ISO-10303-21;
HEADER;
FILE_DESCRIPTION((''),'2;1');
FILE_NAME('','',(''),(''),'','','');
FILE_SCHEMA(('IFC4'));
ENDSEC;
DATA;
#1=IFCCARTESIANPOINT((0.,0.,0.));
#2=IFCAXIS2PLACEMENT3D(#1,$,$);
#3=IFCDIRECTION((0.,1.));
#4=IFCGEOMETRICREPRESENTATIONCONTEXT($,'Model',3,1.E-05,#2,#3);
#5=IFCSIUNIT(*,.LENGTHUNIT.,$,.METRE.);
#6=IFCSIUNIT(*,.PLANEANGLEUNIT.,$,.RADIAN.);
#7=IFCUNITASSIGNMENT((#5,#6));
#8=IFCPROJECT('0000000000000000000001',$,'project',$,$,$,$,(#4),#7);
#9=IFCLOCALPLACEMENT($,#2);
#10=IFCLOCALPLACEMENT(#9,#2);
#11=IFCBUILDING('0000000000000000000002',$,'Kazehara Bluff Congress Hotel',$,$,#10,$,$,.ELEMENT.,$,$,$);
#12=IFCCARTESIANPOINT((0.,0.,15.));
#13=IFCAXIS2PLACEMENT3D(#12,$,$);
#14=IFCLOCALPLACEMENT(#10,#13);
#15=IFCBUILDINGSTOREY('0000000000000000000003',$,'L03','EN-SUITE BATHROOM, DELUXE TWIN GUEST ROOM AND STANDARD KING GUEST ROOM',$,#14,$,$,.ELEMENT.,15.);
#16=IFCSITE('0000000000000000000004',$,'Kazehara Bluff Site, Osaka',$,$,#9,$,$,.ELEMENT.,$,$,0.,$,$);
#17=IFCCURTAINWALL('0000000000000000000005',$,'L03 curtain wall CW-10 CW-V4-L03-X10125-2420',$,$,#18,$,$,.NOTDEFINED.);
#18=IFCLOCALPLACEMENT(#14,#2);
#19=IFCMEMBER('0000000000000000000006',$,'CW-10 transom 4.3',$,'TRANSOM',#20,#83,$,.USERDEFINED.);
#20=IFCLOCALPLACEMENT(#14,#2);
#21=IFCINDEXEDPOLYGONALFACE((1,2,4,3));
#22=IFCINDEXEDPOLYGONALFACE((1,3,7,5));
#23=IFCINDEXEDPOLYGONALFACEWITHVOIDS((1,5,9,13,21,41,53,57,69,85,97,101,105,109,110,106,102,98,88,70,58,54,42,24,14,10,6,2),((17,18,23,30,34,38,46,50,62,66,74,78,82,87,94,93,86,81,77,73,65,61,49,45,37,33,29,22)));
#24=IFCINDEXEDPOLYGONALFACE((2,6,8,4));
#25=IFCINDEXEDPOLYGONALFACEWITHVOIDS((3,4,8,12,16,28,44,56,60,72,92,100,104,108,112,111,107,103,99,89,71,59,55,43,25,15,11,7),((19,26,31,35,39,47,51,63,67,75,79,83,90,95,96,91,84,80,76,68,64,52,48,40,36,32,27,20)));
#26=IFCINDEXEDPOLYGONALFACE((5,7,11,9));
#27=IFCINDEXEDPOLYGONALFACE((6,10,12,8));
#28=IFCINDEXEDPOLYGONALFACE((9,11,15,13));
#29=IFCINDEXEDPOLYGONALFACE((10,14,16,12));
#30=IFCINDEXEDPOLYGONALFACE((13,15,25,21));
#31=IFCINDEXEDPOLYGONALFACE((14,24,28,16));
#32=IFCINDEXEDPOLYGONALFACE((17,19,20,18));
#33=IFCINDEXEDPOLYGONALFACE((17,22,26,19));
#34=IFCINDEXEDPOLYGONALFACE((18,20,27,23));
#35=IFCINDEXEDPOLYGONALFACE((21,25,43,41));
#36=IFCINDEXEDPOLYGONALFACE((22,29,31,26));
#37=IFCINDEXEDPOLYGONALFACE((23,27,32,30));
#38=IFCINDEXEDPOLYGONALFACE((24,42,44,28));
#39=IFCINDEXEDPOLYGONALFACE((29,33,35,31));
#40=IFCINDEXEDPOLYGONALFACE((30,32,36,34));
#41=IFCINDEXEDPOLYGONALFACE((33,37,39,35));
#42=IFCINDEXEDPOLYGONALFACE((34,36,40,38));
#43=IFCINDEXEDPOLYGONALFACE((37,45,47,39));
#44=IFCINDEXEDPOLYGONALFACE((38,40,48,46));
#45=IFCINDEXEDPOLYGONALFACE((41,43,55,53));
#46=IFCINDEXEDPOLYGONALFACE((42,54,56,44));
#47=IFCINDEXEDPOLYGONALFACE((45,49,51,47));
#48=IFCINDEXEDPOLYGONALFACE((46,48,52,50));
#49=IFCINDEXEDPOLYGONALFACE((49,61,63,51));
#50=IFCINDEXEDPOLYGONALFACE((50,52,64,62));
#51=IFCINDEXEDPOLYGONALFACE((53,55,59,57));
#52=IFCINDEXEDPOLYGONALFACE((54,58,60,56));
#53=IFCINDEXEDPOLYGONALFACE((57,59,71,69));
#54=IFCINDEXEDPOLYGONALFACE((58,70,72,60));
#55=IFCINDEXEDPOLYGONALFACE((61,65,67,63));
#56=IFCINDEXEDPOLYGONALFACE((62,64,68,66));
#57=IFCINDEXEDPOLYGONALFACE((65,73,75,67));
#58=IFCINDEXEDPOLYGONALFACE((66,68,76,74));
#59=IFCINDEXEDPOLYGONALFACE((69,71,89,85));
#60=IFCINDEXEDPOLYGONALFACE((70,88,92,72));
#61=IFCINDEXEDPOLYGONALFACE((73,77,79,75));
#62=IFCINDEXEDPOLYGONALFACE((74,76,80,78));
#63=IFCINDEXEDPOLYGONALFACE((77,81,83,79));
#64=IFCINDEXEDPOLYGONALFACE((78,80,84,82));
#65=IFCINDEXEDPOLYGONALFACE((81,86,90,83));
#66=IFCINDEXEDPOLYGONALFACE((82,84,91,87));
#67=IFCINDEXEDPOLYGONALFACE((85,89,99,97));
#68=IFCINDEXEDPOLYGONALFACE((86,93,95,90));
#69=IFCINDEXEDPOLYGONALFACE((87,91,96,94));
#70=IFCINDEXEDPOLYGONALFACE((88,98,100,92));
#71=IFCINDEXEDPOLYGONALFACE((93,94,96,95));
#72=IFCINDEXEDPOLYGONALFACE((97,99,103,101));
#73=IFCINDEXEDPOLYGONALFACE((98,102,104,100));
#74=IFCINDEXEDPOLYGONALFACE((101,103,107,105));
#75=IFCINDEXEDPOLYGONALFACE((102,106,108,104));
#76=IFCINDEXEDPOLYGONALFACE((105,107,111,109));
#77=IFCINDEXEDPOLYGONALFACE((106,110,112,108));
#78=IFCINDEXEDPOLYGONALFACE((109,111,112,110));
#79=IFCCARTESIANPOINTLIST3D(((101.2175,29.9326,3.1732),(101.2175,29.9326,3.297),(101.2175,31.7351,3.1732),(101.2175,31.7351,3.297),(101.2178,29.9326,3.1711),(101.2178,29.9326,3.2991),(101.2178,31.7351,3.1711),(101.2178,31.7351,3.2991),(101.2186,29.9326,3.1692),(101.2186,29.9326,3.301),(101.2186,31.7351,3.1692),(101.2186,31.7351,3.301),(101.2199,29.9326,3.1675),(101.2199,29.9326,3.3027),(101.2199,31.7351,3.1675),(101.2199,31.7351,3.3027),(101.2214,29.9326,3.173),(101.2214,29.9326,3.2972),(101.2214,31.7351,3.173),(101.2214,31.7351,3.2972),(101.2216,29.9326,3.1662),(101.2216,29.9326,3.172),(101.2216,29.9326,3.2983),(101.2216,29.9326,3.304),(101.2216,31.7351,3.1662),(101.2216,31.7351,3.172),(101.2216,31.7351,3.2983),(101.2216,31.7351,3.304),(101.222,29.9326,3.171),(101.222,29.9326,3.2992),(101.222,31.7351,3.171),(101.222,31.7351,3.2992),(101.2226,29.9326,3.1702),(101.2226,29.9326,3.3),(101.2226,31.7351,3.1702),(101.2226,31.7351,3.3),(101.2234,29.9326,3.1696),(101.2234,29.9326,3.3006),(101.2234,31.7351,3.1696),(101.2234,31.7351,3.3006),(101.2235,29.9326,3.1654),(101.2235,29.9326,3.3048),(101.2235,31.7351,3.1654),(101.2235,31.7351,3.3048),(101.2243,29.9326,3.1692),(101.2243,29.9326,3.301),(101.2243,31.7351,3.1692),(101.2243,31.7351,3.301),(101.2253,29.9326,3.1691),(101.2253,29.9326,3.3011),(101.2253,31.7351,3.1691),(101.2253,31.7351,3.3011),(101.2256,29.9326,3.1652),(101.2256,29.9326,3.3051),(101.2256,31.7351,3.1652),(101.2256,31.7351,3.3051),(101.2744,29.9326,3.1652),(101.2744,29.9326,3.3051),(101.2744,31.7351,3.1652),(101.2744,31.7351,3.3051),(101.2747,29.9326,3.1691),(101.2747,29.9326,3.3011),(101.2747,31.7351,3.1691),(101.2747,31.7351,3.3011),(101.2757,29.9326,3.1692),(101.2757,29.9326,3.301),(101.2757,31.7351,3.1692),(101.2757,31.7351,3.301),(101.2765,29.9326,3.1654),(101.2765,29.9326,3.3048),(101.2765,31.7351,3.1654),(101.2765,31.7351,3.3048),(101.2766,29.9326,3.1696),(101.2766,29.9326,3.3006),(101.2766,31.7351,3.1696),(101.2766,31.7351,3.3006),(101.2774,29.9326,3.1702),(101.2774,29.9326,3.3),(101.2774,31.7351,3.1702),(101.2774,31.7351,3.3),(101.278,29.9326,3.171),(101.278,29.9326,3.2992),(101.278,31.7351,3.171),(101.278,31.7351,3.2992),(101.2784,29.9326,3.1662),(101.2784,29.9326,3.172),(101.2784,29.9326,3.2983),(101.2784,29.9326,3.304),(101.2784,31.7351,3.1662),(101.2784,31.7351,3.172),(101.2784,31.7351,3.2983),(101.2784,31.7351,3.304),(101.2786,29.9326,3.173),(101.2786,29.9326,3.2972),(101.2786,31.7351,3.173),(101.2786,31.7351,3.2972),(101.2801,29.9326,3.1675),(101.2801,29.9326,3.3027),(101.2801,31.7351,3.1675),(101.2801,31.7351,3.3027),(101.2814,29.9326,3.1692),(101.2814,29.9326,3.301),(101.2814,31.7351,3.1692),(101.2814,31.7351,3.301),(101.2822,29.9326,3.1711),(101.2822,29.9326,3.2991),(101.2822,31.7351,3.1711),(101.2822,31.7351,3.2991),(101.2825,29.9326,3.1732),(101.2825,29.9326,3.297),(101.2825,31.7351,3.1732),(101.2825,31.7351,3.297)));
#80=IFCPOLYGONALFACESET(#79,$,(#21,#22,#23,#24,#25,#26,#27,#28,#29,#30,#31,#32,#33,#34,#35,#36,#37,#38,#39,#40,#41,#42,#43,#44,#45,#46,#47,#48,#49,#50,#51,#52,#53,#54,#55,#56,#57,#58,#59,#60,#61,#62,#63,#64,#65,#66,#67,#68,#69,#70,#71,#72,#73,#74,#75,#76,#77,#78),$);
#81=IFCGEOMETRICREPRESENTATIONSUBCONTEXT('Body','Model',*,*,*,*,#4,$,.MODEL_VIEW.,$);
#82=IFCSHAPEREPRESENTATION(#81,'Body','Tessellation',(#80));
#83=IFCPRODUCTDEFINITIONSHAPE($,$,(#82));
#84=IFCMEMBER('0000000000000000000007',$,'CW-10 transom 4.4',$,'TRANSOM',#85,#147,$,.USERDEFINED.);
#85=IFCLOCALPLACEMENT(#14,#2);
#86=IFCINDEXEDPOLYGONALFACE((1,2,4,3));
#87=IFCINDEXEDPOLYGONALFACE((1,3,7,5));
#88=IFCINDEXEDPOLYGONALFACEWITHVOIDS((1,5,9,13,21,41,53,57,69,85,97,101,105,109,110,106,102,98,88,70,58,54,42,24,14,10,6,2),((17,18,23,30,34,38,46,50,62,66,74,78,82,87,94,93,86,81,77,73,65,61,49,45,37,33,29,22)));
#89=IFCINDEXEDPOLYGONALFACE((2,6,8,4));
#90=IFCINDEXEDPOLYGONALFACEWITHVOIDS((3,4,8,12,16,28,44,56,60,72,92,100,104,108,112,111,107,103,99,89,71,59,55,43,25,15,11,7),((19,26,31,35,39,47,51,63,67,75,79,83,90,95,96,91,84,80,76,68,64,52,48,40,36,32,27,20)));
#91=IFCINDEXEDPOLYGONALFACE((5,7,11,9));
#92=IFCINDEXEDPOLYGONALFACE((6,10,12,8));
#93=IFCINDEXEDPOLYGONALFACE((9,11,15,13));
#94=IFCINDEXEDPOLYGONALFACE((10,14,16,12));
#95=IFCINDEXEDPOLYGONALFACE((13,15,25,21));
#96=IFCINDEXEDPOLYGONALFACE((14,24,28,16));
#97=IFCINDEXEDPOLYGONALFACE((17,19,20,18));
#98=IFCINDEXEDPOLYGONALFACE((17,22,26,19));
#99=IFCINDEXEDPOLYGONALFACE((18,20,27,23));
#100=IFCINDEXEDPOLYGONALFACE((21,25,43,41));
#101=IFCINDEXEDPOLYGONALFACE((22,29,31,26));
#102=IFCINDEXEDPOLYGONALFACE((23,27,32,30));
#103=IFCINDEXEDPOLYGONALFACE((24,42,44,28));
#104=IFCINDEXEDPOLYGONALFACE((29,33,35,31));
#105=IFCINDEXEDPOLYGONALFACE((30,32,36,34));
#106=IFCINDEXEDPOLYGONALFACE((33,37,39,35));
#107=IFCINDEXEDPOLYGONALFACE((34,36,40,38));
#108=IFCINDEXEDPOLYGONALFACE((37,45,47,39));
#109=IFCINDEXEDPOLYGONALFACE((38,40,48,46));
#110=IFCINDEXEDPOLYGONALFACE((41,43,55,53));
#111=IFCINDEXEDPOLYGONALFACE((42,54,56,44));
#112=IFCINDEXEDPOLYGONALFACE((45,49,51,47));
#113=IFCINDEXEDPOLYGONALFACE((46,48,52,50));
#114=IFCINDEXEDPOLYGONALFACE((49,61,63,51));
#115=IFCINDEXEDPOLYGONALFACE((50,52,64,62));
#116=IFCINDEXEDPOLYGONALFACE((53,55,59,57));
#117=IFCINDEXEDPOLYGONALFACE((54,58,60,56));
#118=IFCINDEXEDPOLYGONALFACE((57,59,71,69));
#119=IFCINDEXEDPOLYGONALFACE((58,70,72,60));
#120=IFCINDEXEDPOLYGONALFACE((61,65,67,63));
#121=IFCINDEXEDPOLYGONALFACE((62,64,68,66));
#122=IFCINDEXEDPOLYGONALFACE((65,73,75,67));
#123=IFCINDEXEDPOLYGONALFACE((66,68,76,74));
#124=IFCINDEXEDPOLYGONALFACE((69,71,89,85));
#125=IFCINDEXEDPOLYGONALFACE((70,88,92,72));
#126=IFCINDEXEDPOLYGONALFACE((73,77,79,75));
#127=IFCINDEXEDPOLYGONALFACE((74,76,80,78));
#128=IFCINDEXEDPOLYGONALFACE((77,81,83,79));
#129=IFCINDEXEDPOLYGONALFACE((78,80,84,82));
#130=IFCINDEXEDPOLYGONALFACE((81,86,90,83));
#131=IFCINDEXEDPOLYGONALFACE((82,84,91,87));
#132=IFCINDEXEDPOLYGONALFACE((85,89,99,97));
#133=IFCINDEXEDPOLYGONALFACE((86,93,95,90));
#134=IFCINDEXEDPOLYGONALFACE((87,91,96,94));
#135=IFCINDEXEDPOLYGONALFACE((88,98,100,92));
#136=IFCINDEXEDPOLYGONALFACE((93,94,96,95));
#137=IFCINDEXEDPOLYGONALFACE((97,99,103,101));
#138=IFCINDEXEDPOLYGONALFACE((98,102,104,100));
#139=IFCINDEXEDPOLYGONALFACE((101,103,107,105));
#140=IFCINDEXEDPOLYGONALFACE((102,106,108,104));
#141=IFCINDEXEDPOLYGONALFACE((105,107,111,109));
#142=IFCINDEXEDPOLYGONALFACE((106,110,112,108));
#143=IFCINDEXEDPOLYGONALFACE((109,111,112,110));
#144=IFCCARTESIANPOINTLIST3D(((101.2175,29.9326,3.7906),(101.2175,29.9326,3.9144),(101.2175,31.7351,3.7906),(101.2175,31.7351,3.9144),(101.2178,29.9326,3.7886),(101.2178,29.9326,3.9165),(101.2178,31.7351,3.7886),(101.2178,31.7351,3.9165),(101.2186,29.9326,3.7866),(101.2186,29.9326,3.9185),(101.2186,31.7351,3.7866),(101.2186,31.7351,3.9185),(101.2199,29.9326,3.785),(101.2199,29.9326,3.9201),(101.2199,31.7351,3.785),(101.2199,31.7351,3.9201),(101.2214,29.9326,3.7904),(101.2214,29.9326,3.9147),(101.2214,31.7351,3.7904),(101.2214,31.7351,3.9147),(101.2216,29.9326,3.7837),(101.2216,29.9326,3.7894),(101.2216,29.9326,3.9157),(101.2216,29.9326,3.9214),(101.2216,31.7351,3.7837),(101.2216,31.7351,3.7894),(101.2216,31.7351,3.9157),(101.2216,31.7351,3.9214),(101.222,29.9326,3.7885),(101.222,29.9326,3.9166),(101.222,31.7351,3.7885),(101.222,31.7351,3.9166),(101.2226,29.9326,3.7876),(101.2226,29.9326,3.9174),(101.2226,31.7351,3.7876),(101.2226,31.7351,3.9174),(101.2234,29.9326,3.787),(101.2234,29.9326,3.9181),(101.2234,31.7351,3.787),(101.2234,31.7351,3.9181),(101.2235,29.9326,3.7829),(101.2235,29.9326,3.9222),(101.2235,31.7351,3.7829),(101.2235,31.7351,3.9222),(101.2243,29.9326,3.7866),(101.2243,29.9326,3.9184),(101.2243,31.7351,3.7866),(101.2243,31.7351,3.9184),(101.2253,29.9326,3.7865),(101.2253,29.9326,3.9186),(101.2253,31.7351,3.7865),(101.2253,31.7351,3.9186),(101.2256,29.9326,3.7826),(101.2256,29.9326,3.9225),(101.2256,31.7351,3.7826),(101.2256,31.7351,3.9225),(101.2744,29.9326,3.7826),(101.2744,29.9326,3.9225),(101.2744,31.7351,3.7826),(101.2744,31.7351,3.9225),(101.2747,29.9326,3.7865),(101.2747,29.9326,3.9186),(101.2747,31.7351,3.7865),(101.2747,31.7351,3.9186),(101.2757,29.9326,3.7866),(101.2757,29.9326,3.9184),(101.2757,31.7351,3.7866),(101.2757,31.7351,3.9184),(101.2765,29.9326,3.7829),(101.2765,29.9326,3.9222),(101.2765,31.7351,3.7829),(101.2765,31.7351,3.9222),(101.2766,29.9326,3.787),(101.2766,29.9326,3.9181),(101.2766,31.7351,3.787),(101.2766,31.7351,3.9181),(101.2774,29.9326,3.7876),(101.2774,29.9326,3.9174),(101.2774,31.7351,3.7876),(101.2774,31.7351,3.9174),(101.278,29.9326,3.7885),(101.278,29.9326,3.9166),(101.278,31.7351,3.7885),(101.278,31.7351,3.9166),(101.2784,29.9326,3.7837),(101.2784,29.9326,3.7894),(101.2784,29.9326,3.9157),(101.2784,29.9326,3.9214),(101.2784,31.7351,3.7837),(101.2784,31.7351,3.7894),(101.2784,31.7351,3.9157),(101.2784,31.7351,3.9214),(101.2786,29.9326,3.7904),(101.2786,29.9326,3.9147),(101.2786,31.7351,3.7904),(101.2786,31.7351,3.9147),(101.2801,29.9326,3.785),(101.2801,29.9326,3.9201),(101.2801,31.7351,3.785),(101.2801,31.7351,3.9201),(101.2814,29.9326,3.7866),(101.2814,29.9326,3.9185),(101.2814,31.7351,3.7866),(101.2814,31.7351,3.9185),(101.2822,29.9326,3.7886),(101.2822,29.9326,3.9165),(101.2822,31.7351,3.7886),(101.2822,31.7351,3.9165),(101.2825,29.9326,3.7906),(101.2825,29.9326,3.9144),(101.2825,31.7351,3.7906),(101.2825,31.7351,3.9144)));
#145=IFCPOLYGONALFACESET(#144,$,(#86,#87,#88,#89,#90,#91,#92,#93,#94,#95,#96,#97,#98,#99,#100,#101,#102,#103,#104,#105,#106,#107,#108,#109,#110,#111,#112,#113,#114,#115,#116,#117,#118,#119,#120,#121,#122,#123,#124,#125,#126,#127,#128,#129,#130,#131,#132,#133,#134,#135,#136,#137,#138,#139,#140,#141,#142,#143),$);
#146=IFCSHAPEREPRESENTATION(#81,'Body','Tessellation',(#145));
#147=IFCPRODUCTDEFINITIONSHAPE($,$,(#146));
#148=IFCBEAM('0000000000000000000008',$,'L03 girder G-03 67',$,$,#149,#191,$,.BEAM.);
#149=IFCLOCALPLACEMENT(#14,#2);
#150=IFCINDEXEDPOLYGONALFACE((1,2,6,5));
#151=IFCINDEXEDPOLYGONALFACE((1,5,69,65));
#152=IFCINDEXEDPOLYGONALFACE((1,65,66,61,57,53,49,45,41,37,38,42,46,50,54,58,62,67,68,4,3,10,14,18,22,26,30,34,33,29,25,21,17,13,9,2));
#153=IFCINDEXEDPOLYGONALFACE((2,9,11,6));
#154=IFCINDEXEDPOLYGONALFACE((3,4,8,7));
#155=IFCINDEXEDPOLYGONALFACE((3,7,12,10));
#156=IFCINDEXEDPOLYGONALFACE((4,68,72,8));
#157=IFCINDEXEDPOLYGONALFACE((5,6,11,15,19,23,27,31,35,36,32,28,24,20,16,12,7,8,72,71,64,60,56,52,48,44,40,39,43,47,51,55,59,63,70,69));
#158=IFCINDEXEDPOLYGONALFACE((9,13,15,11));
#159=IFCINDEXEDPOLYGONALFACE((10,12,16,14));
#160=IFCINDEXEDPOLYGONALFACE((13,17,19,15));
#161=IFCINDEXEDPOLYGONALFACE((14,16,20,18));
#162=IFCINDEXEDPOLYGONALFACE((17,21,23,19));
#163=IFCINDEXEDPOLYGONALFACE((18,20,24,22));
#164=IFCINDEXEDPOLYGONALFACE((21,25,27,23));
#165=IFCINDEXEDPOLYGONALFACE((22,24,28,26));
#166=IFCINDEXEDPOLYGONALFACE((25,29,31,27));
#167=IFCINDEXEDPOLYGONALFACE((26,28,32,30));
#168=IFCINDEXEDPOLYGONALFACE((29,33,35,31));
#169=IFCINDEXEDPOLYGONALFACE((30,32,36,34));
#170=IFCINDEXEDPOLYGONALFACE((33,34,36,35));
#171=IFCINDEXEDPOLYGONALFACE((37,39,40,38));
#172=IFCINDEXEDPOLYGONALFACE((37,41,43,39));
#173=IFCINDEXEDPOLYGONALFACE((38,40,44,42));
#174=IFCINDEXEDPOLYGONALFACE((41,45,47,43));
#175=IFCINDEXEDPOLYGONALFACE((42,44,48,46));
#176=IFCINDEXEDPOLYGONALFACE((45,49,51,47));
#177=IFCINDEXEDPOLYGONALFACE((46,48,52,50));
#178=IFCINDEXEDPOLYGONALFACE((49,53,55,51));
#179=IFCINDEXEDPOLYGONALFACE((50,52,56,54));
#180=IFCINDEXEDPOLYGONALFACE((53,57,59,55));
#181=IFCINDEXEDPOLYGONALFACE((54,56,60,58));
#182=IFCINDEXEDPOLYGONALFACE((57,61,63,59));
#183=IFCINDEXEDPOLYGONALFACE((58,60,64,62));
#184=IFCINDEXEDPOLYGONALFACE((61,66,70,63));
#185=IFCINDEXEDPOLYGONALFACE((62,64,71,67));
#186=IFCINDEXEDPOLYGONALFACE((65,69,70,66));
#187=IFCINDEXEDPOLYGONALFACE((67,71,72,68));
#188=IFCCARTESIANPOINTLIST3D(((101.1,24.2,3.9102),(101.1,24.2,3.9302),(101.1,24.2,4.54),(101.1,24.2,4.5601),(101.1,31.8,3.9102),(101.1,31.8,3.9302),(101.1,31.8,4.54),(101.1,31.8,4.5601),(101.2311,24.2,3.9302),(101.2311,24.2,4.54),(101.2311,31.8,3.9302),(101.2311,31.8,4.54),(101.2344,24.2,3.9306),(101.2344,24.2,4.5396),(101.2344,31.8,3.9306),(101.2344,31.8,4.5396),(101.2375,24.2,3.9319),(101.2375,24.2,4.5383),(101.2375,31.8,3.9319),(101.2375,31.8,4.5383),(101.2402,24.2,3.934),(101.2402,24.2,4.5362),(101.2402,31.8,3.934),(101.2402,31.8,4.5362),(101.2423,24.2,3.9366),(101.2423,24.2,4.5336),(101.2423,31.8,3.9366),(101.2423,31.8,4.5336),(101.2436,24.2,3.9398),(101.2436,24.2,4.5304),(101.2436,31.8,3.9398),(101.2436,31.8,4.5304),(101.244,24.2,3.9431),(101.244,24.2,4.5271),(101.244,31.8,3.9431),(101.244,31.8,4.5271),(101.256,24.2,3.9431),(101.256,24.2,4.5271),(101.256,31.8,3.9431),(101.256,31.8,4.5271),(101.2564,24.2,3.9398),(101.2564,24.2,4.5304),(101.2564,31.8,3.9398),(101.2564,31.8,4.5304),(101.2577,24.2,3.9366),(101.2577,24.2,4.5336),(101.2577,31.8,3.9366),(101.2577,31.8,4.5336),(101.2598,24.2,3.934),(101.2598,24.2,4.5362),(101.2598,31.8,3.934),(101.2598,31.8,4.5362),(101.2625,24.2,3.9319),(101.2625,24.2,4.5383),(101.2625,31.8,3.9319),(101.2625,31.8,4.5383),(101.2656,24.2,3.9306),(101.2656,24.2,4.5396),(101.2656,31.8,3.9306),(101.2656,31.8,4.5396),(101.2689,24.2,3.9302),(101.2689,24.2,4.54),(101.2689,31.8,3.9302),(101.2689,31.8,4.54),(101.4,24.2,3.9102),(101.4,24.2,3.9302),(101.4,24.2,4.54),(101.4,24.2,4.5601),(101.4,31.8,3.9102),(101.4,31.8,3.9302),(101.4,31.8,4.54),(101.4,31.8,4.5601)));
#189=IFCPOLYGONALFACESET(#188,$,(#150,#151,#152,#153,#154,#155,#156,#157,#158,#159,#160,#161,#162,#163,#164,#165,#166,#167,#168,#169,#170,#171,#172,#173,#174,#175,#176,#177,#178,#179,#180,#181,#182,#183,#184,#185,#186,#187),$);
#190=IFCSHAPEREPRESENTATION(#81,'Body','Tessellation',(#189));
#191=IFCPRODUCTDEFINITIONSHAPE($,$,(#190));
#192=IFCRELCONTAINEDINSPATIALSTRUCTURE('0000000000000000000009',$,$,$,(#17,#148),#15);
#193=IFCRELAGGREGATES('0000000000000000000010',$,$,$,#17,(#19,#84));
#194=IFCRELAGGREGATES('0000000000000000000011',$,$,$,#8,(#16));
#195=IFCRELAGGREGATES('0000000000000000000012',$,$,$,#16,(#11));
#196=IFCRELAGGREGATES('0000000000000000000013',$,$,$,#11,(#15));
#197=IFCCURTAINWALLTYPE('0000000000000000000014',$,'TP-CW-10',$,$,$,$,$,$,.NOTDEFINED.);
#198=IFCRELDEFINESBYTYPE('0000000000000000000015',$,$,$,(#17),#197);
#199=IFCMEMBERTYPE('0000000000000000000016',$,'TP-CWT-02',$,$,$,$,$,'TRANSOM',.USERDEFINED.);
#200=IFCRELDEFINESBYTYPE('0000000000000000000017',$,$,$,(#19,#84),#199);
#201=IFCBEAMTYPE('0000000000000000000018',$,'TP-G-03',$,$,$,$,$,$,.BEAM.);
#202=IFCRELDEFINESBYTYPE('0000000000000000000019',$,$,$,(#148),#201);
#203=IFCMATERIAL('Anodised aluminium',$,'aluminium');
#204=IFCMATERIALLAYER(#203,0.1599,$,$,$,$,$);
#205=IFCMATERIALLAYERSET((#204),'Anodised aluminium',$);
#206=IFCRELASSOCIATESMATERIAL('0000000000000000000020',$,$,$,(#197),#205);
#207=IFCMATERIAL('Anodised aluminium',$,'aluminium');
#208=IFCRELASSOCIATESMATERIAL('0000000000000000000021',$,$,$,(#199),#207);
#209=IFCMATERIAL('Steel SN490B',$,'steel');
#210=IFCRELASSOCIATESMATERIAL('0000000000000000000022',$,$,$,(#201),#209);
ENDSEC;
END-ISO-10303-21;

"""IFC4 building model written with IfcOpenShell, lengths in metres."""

from ifc_helpers import new_model, si_unit, direction, frame, origin, origin_2d, place, context, subcontext, project, spatial, hollow_rectangle, i_section, extrude, material, layer, layer_set, material_profile, profile_set, type_object, element, aggregate, save


model = new_model("IFC4")

# Units and contexts
model_context = context("Model", 3, precision=1e-05, world=origin(), true_north=direction((0.0, 1.0)))
body_context = subcontext(model_context, "Body", "Model", "MODEL_VIEW")
ifc_project = project(units=[si_unit("LENGTHUNIT", "METRE"), si_unit("PLANEANGLEUNIT", "RADIAN")], contexts=[model_context])

# Site, building, storey
site_placement = place(None, origin())
site = spatial("IfcSite", under=ifc_project, at=site_placement, Name="Kazehara Bluff Site, Osaka", CompositionType="ELEMENT", RefElevation=0.0)
building_placement = place(site_placement, origin())
building = spatial("IfcBuilding", under=site, at=building_placement, Name="Kazehara Bluff Congress Hotel", CompositionType="ELEMENT")
storey_placement = place(building_placement, frame((0.0, 0.0, 15.0)))
storey = spatial("IfcBuildingStorey", under=building, at=storey_placement, Name="L03", Description="EN-SUITE BATHROOM, DELUXE TWIN GUEST ROOM AND STANDARD KING GUEST ROOM", CompositionType="ELEMENT", Elevation=15.0)

# Curtain wall, members
ifc_material_1 = material(Name="Anodised aluminium", Category="aluminium")
ifc_layer_1 = layer(ifc_material_1, 0.1599)
ifc_layer_set_1 = layer_set([ifc_layer_1], Name="Anodised aluminium")
curtain_wall_type = type_object("IfcCurtainWallType", Name="TP-CW-10", PredefinedType="NOTDEFINED", material=ifc_layer_set_1)
curtain_wall_placement = place(storey_placement, origin())
curtain_wall = element("IfcCurtainWall", 1, at=curtain_wall_placement, inside=storey, type_object=curtain_wall_type, Name="L03 curtain wall CW-10 CW-V4-L03-X10125-2420", PredefinedType="NOTDEFINED")
ifc_material_2 = material(Name="Anodised aluminium", Category="aluminium")
ifc_material_profile_1 = material_profile(ifc_material_2, hollow_rectangle(XDim=0.0649, YDim=0.1399, WallThickness=0.0039, InnerFilletRadius=0.0039, OuterFilletRadius=0.0081, at=origin_2d()))
ifc_profile_set_1 = profile_set([ifc_material_profile_1], Name="Anodised aluminium")
member_type_1 = type_object("IfcMemberType", Name="TP-CWT-02", ElementType="TRANSOM", PredefinedType="USERDEFINED", material=ifc_profile_set_1)
member_1_placement = place(storey_placement, frame((101.25, 29.9326, 3.2351), z_axis=(0.0, 1.0, 0.0), x_axis=(-1.0, 0.0, 0.0)))
member_1 = element("IfcMember", 2, at=member_1_placement, type_object=member_type_1, Name="CW-10 transom 4.3", ObjectType="TRANSOM", PredefinedType="USERDEFINED", context=body_context, shape_type="SweptSolid", body=[
    extrude(hollow_rectangle(XDim=0.0649, YDim=0.1399, WallThickness=0.0039, InnerFilletRadius=0.0039, OuterFilletRadius=0.0081, at=origin_2d()), origin(), (0.0, 0.0, 1.0), 1.8025),
])
member_2_placement = place(storey_placement, frame((101.25, 29.9326, 3.8525), z_axis=(0.0, 1.0, 0.0), x_axis=(-1.0, 0.0, 0.0)))
member_2 = element("IfcMember", 3, at=member_2_placement, type_object=member_type_1, Name="CW-10 transom 4.4", ObjectType="TRANSOM", PredefinedType="USERDEFINED", context=body_context, shape_type="SweptSolid", body=[
    extrude(hollow_rectangle(XDim=0.0649, YDim=0.1399, WallThickness=0.0039, InnerFilletRadius=0.0039, OuterFilletRadius=0.0081, at=origin_2d()), origin(), (0.0, 0.0, 1.0), 1.8025),
])

# Beam
ifc_material_3 = material(Name="Steel SN490B", Category="steel")
ifc_material_profile_2 = material_profile(ifc_material_3, i_section(OverallWidth=0.3, OverallDepth=0.6499, WebThickness=0.012, FlangeThickness=0.02, FilletRadius=0.0129, at=origin_2d()))
ifc_profile_set_2 = profile_set([ifc_material_profile_2], Name="Steel SN490B")
beam_type = type_object("IfcBeamType", Name="TP-G-03", PredefinedType="BEAM", material=ifc_profile_set_2)
beam_placement = place(storey_placement, frame((101.25, 24.2, 4.2351), z_axis=(0.0, 1.0, 0.0), x_axis=(-1.0, 0.0, 0.0)))
element("IfcBeam", 4, at=beam_placement, inside=storey, type_object=beam_type, Name="L03 girder G-03 67", PredefinedType="BEAM", context=body_context, shape_type="SweptSolid", body=[
    extrude(i_section(OverallWidth=0.3, OverallDepth=0.6499, WebThickness=0.012, FlangeThickness=0.02, FilletRadius=0.0129, at=origin_2d()), origin(), (0.0, 0.0, 1.0), 7.6001),
])

aggregate(curtain_wall, [member_1, member_2])

save(model, "model.ifc")
